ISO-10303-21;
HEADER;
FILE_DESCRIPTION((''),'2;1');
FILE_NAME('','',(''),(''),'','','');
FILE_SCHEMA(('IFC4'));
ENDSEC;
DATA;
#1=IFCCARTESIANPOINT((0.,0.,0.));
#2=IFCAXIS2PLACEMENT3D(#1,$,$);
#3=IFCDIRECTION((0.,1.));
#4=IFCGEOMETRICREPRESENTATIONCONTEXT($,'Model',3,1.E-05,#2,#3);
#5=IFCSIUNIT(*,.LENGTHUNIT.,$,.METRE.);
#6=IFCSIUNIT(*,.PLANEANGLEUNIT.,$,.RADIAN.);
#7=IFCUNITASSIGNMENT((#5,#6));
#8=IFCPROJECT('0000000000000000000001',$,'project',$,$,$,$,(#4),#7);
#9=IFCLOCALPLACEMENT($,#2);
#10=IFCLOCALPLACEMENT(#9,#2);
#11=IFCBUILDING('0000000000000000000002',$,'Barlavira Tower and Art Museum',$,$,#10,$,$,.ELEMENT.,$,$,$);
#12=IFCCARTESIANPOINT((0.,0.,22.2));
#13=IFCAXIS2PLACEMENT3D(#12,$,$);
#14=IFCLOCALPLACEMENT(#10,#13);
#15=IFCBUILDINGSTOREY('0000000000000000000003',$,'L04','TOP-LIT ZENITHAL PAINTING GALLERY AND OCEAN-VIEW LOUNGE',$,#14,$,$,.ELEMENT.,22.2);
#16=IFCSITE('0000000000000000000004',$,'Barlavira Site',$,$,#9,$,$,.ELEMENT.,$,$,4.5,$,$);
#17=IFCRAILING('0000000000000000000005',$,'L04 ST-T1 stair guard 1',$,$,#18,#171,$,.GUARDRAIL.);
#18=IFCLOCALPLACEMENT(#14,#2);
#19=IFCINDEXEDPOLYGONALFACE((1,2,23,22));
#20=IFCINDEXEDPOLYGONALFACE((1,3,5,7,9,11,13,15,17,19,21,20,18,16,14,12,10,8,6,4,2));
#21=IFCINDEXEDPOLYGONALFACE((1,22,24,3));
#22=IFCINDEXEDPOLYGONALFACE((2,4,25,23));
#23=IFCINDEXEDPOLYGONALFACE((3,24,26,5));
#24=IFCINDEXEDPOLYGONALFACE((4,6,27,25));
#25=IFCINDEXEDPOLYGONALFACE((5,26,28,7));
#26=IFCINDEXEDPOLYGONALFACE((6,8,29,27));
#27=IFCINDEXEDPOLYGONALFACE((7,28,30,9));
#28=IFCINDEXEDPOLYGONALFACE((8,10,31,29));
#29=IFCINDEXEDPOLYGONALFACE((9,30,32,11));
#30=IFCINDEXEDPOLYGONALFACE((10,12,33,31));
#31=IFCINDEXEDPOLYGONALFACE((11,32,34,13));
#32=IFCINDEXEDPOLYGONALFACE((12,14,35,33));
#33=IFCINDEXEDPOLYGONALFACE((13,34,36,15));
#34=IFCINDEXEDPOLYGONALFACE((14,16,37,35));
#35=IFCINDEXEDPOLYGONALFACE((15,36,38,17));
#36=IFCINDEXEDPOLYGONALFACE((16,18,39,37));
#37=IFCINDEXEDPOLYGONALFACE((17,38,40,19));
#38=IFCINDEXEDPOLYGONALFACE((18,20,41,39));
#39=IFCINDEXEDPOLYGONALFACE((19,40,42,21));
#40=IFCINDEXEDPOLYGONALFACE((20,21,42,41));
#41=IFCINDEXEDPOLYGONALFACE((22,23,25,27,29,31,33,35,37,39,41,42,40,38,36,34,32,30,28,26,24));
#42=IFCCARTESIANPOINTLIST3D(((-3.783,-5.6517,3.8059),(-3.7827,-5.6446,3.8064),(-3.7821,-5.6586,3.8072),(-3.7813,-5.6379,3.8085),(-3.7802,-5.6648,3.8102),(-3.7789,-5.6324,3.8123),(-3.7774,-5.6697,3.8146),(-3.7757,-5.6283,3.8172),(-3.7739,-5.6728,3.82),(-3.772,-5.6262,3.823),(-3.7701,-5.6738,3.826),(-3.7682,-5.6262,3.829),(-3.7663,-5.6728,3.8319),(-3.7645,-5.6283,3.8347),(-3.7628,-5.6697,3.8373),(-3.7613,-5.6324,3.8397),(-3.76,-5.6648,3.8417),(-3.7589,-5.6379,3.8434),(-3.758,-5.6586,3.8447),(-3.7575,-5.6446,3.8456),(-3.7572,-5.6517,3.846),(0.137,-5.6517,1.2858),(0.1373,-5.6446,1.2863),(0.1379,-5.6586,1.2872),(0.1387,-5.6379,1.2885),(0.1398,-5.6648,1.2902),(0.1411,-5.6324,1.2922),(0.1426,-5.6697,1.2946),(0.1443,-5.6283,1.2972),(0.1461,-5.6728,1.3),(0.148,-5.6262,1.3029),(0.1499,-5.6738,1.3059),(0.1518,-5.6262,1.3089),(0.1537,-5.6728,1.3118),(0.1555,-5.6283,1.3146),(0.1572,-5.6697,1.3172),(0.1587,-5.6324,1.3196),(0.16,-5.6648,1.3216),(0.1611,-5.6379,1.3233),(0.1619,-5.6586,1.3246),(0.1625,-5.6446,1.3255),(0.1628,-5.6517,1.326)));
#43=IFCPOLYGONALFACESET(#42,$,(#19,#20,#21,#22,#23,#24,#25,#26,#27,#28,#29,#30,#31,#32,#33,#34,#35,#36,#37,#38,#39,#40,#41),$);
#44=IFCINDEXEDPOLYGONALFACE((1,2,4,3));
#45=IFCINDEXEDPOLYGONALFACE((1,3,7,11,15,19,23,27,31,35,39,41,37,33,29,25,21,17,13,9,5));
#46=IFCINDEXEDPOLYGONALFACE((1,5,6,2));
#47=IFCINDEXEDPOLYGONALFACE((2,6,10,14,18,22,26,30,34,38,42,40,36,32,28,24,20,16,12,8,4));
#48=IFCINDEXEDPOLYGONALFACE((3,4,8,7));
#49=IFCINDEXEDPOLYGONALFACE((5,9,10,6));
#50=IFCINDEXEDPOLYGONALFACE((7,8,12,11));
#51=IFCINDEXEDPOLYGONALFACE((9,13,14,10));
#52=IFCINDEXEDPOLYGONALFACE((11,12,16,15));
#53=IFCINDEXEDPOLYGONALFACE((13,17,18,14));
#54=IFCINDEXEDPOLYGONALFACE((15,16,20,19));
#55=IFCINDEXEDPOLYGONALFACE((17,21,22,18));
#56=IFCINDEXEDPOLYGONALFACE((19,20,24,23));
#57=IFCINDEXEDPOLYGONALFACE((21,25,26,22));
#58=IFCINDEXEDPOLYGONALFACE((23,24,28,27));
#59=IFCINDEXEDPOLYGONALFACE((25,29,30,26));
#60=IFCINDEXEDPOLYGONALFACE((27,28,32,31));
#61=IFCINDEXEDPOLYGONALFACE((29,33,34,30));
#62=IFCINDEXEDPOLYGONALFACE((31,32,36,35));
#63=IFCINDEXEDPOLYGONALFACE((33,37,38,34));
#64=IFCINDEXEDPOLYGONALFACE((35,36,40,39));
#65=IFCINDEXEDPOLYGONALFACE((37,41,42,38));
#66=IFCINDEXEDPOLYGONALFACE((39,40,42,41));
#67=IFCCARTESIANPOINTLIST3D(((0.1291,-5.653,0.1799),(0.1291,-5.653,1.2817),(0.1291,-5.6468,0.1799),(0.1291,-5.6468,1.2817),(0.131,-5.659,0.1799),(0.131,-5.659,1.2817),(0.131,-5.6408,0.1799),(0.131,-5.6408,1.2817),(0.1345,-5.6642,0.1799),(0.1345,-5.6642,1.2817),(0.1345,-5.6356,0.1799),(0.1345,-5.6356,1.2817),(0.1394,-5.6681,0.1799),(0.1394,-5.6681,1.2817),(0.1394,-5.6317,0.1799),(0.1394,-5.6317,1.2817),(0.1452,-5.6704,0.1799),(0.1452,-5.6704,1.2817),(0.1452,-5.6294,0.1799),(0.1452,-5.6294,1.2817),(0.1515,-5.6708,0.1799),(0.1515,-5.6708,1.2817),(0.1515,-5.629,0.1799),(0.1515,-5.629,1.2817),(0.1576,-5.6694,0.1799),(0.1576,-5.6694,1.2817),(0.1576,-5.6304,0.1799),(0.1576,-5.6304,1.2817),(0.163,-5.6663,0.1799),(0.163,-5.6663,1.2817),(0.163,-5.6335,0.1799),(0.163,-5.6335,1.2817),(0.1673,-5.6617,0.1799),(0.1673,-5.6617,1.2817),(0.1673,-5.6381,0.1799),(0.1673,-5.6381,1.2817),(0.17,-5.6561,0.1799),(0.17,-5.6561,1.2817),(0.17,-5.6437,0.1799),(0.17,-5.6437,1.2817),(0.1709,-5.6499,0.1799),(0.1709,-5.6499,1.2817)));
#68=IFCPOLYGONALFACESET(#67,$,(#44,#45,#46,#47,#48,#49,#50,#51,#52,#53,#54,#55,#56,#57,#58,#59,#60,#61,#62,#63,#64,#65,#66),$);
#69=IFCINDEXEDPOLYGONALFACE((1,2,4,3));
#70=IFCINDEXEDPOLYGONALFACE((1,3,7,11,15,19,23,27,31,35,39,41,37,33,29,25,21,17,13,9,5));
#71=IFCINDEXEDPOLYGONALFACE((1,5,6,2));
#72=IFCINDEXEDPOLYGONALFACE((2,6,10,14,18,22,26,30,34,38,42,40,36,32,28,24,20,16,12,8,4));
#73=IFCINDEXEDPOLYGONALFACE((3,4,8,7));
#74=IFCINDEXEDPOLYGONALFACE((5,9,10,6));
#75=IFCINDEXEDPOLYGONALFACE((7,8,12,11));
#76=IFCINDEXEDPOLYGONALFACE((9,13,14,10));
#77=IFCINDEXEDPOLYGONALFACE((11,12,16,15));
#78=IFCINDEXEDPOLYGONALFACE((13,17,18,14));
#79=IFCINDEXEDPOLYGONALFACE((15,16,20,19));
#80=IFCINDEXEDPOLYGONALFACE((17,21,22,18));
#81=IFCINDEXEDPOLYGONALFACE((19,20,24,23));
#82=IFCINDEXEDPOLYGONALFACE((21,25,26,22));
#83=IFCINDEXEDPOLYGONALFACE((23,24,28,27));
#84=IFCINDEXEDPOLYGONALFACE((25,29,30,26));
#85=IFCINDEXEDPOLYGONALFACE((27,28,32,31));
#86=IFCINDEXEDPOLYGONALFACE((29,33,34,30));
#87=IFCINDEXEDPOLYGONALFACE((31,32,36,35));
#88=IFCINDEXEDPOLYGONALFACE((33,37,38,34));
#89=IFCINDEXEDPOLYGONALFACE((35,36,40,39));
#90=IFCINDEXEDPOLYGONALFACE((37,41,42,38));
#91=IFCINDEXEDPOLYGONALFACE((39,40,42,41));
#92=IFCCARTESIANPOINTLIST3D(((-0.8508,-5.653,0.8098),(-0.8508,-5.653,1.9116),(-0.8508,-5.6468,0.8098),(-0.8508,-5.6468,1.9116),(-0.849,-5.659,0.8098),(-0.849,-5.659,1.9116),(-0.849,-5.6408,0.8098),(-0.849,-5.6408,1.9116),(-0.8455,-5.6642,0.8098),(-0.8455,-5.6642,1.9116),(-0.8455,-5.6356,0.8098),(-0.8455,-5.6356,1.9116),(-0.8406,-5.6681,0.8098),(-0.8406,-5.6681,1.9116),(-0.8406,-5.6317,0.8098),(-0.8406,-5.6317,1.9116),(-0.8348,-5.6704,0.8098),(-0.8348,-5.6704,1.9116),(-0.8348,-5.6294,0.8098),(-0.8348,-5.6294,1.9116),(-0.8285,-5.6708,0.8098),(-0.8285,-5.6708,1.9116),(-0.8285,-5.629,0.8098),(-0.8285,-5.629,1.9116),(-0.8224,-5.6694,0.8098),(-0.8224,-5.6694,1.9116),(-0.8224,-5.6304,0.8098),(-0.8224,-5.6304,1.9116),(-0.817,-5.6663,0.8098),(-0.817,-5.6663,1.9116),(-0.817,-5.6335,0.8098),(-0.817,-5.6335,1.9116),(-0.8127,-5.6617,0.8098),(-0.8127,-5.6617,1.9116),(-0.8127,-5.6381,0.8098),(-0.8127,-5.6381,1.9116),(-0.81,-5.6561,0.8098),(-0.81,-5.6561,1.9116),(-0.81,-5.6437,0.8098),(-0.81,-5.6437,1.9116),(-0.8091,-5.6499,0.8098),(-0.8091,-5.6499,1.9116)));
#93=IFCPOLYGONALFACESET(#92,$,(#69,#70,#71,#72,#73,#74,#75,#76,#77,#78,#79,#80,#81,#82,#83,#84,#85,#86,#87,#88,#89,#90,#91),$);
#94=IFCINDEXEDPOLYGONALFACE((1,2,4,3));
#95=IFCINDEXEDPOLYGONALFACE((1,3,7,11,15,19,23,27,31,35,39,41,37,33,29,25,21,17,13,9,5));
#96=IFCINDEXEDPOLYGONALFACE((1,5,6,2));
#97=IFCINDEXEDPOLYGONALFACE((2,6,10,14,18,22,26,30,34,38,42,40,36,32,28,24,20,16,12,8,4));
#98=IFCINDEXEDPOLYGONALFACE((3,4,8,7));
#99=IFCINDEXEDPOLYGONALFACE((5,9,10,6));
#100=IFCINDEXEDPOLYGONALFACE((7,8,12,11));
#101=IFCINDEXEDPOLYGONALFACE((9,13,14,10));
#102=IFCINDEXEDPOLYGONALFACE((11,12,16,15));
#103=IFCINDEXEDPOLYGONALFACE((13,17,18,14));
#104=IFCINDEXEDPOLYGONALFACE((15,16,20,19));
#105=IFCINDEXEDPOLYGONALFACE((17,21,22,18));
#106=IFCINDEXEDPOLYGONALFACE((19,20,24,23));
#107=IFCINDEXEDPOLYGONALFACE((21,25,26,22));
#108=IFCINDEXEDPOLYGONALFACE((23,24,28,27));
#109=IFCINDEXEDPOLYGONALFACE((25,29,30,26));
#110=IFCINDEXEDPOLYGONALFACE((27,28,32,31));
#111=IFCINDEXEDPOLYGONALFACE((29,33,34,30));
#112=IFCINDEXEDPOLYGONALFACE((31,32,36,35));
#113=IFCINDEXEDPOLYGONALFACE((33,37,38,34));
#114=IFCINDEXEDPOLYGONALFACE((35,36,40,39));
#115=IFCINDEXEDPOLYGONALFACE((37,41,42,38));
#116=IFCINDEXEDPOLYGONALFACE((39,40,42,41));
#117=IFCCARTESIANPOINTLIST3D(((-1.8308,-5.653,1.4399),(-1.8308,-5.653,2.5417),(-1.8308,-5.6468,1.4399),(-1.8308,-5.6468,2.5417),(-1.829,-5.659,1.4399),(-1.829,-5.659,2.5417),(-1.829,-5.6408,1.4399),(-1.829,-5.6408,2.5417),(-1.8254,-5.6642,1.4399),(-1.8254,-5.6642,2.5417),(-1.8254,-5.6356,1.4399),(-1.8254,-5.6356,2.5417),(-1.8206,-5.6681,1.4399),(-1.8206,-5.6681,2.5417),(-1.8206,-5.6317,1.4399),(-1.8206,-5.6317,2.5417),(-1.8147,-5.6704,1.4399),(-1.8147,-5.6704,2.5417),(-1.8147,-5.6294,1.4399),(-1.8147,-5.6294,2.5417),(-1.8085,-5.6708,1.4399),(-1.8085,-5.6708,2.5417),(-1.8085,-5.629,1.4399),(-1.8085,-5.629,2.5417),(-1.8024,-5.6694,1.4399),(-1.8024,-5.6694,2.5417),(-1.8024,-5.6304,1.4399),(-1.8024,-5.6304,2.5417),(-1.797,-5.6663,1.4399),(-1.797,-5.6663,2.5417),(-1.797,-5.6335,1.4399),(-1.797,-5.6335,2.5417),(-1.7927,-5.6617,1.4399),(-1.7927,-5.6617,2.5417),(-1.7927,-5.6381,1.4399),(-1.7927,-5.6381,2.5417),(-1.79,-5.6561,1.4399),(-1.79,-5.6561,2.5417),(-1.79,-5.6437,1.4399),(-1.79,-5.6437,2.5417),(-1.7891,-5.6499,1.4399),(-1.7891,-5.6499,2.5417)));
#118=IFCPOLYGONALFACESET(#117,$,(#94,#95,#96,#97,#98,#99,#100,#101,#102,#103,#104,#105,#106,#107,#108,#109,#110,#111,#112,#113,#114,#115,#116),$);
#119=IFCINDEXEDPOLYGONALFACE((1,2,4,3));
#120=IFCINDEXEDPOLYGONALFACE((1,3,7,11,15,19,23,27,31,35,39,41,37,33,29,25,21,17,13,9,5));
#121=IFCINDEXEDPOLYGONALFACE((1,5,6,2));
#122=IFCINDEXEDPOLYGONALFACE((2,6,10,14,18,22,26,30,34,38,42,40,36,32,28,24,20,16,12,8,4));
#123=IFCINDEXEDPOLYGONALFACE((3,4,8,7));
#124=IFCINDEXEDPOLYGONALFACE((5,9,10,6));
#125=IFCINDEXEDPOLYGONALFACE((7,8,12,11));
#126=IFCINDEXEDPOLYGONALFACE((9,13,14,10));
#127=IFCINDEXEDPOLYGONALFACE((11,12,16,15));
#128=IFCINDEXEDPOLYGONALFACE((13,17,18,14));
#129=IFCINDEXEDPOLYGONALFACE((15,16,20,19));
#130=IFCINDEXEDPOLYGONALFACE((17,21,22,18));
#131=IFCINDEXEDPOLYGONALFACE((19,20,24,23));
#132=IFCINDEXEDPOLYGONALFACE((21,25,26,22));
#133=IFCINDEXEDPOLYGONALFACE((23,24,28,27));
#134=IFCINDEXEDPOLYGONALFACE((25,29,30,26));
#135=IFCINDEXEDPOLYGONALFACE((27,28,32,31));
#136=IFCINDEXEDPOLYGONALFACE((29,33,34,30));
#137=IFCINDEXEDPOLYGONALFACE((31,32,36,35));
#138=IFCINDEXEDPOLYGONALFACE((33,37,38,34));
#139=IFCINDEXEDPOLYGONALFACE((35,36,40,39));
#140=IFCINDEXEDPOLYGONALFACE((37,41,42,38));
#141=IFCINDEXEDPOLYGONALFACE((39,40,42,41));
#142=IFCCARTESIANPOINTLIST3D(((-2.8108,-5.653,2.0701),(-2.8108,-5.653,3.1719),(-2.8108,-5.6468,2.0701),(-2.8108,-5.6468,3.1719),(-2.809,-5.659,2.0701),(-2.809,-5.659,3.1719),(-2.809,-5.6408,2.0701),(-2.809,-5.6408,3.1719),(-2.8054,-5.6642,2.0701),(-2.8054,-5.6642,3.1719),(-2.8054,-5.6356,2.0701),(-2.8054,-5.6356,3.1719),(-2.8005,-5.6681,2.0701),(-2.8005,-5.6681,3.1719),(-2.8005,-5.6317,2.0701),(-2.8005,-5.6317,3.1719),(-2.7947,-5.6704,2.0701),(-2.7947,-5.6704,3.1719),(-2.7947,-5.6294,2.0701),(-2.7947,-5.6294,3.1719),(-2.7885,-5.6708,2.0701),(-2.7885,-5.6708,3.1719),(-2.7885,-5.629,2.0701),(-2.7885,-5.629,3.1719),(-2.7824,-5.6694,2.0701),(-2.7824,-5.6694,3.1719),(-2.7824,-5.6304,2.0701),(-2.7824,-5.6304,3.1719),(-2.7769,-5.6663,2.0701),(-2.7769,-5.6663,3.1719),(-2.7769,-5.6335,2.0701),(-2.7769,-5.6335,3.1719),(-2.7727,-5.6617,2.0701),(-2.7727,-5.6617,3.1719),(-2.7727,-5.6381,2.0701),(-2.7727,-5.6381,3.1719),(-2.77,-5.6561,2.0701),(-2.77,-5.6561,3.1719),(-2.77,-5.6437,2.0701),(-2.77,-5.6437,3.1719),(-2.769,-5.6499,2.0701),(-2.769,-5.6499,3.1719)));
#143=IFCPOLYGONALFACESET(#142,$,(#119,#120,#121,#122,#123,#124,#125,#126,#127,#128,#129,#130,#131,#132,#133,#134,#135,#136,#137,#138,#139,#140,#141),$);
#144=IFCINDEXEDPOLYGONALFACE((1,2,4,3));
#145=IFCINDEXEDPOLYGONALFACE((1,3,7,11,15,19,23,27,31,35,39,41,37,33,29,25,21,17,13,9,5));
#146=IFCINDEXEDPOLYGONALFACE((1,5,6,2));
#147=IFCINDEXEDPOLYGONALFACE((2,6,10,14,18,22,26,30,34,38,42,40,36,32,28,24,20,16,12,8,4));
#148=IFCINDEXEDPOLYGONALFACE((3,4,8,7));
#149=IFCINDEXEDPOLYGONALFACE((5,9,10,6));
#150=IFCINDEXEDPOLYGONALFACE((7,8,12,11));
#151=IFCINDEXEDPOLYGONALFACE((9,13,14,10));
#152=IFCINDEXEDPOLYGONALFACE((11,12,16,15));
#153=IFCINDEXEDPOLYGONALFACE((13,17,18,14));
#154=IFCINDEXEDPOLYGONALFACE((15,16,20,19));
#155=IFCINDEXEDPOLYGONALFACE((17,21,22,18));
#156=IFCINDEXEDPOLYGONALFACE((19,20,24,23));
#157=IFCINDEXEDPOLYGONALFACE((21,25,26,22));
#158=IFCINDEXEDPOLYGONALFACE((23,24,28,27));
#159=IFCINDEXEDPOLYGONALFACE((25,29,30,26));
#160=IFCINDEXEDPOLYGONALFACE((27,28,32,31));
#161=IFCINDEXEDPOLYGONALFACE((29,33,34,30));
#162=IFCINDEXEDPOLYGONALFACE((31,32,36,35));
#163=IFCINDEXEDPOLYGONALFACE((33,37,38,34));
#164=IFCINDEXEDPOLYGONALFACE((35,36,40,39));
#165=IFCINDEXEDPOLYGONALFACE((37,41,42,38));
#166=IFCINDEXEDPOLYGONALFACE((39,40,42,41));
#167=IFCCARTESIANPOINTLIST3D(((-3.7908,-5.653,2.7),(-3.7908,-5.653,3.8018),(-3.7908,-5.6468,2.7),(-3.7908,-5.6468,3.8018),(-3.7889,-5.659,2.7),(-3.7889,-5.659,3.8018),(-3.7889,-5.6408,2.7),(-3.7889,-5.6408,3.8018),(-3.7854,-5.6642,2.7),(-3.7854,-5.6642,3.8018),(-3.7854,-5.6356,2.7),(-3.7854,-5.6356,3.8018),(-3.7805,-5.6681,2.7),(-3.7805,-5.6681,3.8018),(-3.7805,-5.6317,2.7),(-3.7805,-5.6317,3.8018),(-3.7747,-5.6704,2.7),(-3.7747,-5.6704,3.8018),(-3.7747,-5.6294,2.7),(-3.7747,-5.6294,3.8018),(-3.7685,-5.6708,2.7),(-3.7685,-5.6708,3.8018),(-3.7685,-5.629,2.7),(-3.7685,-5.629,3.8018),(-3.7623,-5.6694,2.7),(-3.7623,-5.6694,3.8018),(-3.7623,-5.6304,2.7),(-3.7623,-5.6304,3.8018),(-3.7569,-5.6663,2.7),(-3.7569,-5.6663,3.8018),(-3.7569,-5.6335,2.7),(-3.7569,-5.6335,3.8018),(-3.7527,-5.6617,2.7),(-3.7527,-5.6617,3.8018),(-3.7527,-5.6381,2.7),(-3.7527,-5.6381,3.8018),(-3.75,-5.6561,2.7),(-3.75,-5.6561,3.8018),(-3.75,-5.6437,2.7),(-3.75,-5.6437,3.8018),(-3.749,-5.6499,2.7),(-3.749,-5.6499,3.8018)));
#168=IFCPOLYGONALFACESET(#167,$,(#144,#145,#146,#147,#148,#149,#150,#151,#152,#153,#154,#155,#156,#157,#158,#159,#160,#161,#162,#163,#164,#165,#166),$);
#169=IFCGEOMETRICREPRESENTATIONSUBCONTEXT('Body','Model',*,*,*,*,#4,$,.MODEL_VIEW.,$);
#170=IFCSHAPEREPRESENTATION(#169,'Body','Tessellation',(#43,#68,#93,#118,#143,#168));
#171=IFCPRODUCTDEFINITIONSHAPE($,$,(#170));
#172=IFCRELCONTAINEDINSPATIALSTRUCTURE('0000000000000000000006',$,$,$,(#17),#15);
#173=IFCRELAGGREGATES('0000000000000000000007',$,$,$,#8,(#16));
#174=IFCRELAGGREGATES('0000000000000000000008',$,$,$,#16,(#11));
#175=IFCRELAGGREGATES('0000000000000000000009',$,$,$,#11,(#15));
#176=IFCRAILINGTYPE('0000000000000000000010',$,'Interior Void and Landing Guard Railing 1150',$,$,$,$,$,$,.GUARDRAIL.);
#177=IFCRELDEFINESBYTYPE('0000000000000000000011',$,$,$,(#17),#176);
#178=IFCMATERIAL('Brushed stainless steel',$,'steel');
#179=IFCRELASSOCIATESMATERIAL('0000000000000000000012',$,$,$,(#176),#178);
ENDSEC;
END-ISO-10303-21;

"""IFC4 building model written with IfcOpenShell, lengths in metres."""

from ifc_helpers import new_model, si_unit, direction, frame, origin, origin_2d, place, context, subcontext, project, spatial, circle, extrude, material, type_object, element, save


model = new_model("IFC4")

# Units and contexts
model_context = context("Model", 3, precision=1e-05, world=origin(), true_north=direction((0.0, 1.0)))
body_context = subcontext(model_context, "Body", "Model", "MODEL_VIEW")
ifc_project = project(units=[si_unit("LENGTHUNIT", "METRE"), si_unit("PLANEANGLEUNIT", "RADIAN")], contexts=[model_context])

# Site, building, storey
site_placement = place(None, origin())
site = spatial("IfcSite", under=ifc_project, at=site_placement, Name="Barlavira Site", CompositionType="ELEMENT", RefElevation=4.5)
building_placement = place(site_placement, origin())
building = spatial("IfcBuilding", under=site, at=building_placement, Name="Barlavira Tower and Art Museum", CompositionType="ELEMENT")
storey_placement = place(building_placement, frame((0.0, 0.0, 22.2)))
storey = spatial("IfcBuildingStorey", under=building, at=storey_placement, Name="L04", Description="TOP-LIT ZENITHAL PAINTING GALLERY AND OCEAN-VIEW LOUNGE", CompositionType="ELEMENT", Elevation=22.2)

# Shared definitions
ifc_material_1 = material(Name="Brushed stainless steel", Category="steel")

# Railing
railing_type_1 = type_object("IfcRailingType", Name="Interior Void and Landing Guard Railing 1150", PredefinedType="GUARDRAIL", material=ifc_material_1)
railing_1_placement = place(storey_placement, frame((0.1499, -5.6499, 0.1799)))
element("IfcRailing", 1, at=railing_1_placement, inside=storey, type_object=railing_type_1, Name="L04 ST-T1 stair guard 1", PredefinedType="GUARDRAIL", context=body_context, shape_type="SweptSolid", body=[
    extrude(circle(Radius=0.0239, at=origin_2d()), frame((0.0, 0.0, 1.126), z_axis=(-0.841172, 0.0, 0.540768), x_axis=(0.0, -1.0, 0.0)), (0.0, 0.0, 1.0), 4.6602),
    extrude(circle(Radius=0.021, at=origin_2d()), origin(), (0.0, 0.0, 1.0), 1.1018),
    extrude(circle(Radius=0.021, at=origin_2d()), frame((-0.98, 0.0, 0.6299)), (0.0, 0.0, 1.0), 1.1018),
    extrude(circle(Radius=0.021, at=origin_2d()), frame((-1.96, 0.0, 1.26)), (0.0, 0.0, 1.0), 1.1018),
    extrude(circle(Radius=0.021, at=origin_2d()), frame((-2.9399, 0.0, 1.8901)), (0.0, 0.0, 1.0), 1.1018),
    extrude(circle(Radius=0.021, at=origin_2d()), frame((-3.9199, 0.0, 2.52)), (0.0, 0.0, 1.0), 1.1018),
])

save(model, "model.ifc")
